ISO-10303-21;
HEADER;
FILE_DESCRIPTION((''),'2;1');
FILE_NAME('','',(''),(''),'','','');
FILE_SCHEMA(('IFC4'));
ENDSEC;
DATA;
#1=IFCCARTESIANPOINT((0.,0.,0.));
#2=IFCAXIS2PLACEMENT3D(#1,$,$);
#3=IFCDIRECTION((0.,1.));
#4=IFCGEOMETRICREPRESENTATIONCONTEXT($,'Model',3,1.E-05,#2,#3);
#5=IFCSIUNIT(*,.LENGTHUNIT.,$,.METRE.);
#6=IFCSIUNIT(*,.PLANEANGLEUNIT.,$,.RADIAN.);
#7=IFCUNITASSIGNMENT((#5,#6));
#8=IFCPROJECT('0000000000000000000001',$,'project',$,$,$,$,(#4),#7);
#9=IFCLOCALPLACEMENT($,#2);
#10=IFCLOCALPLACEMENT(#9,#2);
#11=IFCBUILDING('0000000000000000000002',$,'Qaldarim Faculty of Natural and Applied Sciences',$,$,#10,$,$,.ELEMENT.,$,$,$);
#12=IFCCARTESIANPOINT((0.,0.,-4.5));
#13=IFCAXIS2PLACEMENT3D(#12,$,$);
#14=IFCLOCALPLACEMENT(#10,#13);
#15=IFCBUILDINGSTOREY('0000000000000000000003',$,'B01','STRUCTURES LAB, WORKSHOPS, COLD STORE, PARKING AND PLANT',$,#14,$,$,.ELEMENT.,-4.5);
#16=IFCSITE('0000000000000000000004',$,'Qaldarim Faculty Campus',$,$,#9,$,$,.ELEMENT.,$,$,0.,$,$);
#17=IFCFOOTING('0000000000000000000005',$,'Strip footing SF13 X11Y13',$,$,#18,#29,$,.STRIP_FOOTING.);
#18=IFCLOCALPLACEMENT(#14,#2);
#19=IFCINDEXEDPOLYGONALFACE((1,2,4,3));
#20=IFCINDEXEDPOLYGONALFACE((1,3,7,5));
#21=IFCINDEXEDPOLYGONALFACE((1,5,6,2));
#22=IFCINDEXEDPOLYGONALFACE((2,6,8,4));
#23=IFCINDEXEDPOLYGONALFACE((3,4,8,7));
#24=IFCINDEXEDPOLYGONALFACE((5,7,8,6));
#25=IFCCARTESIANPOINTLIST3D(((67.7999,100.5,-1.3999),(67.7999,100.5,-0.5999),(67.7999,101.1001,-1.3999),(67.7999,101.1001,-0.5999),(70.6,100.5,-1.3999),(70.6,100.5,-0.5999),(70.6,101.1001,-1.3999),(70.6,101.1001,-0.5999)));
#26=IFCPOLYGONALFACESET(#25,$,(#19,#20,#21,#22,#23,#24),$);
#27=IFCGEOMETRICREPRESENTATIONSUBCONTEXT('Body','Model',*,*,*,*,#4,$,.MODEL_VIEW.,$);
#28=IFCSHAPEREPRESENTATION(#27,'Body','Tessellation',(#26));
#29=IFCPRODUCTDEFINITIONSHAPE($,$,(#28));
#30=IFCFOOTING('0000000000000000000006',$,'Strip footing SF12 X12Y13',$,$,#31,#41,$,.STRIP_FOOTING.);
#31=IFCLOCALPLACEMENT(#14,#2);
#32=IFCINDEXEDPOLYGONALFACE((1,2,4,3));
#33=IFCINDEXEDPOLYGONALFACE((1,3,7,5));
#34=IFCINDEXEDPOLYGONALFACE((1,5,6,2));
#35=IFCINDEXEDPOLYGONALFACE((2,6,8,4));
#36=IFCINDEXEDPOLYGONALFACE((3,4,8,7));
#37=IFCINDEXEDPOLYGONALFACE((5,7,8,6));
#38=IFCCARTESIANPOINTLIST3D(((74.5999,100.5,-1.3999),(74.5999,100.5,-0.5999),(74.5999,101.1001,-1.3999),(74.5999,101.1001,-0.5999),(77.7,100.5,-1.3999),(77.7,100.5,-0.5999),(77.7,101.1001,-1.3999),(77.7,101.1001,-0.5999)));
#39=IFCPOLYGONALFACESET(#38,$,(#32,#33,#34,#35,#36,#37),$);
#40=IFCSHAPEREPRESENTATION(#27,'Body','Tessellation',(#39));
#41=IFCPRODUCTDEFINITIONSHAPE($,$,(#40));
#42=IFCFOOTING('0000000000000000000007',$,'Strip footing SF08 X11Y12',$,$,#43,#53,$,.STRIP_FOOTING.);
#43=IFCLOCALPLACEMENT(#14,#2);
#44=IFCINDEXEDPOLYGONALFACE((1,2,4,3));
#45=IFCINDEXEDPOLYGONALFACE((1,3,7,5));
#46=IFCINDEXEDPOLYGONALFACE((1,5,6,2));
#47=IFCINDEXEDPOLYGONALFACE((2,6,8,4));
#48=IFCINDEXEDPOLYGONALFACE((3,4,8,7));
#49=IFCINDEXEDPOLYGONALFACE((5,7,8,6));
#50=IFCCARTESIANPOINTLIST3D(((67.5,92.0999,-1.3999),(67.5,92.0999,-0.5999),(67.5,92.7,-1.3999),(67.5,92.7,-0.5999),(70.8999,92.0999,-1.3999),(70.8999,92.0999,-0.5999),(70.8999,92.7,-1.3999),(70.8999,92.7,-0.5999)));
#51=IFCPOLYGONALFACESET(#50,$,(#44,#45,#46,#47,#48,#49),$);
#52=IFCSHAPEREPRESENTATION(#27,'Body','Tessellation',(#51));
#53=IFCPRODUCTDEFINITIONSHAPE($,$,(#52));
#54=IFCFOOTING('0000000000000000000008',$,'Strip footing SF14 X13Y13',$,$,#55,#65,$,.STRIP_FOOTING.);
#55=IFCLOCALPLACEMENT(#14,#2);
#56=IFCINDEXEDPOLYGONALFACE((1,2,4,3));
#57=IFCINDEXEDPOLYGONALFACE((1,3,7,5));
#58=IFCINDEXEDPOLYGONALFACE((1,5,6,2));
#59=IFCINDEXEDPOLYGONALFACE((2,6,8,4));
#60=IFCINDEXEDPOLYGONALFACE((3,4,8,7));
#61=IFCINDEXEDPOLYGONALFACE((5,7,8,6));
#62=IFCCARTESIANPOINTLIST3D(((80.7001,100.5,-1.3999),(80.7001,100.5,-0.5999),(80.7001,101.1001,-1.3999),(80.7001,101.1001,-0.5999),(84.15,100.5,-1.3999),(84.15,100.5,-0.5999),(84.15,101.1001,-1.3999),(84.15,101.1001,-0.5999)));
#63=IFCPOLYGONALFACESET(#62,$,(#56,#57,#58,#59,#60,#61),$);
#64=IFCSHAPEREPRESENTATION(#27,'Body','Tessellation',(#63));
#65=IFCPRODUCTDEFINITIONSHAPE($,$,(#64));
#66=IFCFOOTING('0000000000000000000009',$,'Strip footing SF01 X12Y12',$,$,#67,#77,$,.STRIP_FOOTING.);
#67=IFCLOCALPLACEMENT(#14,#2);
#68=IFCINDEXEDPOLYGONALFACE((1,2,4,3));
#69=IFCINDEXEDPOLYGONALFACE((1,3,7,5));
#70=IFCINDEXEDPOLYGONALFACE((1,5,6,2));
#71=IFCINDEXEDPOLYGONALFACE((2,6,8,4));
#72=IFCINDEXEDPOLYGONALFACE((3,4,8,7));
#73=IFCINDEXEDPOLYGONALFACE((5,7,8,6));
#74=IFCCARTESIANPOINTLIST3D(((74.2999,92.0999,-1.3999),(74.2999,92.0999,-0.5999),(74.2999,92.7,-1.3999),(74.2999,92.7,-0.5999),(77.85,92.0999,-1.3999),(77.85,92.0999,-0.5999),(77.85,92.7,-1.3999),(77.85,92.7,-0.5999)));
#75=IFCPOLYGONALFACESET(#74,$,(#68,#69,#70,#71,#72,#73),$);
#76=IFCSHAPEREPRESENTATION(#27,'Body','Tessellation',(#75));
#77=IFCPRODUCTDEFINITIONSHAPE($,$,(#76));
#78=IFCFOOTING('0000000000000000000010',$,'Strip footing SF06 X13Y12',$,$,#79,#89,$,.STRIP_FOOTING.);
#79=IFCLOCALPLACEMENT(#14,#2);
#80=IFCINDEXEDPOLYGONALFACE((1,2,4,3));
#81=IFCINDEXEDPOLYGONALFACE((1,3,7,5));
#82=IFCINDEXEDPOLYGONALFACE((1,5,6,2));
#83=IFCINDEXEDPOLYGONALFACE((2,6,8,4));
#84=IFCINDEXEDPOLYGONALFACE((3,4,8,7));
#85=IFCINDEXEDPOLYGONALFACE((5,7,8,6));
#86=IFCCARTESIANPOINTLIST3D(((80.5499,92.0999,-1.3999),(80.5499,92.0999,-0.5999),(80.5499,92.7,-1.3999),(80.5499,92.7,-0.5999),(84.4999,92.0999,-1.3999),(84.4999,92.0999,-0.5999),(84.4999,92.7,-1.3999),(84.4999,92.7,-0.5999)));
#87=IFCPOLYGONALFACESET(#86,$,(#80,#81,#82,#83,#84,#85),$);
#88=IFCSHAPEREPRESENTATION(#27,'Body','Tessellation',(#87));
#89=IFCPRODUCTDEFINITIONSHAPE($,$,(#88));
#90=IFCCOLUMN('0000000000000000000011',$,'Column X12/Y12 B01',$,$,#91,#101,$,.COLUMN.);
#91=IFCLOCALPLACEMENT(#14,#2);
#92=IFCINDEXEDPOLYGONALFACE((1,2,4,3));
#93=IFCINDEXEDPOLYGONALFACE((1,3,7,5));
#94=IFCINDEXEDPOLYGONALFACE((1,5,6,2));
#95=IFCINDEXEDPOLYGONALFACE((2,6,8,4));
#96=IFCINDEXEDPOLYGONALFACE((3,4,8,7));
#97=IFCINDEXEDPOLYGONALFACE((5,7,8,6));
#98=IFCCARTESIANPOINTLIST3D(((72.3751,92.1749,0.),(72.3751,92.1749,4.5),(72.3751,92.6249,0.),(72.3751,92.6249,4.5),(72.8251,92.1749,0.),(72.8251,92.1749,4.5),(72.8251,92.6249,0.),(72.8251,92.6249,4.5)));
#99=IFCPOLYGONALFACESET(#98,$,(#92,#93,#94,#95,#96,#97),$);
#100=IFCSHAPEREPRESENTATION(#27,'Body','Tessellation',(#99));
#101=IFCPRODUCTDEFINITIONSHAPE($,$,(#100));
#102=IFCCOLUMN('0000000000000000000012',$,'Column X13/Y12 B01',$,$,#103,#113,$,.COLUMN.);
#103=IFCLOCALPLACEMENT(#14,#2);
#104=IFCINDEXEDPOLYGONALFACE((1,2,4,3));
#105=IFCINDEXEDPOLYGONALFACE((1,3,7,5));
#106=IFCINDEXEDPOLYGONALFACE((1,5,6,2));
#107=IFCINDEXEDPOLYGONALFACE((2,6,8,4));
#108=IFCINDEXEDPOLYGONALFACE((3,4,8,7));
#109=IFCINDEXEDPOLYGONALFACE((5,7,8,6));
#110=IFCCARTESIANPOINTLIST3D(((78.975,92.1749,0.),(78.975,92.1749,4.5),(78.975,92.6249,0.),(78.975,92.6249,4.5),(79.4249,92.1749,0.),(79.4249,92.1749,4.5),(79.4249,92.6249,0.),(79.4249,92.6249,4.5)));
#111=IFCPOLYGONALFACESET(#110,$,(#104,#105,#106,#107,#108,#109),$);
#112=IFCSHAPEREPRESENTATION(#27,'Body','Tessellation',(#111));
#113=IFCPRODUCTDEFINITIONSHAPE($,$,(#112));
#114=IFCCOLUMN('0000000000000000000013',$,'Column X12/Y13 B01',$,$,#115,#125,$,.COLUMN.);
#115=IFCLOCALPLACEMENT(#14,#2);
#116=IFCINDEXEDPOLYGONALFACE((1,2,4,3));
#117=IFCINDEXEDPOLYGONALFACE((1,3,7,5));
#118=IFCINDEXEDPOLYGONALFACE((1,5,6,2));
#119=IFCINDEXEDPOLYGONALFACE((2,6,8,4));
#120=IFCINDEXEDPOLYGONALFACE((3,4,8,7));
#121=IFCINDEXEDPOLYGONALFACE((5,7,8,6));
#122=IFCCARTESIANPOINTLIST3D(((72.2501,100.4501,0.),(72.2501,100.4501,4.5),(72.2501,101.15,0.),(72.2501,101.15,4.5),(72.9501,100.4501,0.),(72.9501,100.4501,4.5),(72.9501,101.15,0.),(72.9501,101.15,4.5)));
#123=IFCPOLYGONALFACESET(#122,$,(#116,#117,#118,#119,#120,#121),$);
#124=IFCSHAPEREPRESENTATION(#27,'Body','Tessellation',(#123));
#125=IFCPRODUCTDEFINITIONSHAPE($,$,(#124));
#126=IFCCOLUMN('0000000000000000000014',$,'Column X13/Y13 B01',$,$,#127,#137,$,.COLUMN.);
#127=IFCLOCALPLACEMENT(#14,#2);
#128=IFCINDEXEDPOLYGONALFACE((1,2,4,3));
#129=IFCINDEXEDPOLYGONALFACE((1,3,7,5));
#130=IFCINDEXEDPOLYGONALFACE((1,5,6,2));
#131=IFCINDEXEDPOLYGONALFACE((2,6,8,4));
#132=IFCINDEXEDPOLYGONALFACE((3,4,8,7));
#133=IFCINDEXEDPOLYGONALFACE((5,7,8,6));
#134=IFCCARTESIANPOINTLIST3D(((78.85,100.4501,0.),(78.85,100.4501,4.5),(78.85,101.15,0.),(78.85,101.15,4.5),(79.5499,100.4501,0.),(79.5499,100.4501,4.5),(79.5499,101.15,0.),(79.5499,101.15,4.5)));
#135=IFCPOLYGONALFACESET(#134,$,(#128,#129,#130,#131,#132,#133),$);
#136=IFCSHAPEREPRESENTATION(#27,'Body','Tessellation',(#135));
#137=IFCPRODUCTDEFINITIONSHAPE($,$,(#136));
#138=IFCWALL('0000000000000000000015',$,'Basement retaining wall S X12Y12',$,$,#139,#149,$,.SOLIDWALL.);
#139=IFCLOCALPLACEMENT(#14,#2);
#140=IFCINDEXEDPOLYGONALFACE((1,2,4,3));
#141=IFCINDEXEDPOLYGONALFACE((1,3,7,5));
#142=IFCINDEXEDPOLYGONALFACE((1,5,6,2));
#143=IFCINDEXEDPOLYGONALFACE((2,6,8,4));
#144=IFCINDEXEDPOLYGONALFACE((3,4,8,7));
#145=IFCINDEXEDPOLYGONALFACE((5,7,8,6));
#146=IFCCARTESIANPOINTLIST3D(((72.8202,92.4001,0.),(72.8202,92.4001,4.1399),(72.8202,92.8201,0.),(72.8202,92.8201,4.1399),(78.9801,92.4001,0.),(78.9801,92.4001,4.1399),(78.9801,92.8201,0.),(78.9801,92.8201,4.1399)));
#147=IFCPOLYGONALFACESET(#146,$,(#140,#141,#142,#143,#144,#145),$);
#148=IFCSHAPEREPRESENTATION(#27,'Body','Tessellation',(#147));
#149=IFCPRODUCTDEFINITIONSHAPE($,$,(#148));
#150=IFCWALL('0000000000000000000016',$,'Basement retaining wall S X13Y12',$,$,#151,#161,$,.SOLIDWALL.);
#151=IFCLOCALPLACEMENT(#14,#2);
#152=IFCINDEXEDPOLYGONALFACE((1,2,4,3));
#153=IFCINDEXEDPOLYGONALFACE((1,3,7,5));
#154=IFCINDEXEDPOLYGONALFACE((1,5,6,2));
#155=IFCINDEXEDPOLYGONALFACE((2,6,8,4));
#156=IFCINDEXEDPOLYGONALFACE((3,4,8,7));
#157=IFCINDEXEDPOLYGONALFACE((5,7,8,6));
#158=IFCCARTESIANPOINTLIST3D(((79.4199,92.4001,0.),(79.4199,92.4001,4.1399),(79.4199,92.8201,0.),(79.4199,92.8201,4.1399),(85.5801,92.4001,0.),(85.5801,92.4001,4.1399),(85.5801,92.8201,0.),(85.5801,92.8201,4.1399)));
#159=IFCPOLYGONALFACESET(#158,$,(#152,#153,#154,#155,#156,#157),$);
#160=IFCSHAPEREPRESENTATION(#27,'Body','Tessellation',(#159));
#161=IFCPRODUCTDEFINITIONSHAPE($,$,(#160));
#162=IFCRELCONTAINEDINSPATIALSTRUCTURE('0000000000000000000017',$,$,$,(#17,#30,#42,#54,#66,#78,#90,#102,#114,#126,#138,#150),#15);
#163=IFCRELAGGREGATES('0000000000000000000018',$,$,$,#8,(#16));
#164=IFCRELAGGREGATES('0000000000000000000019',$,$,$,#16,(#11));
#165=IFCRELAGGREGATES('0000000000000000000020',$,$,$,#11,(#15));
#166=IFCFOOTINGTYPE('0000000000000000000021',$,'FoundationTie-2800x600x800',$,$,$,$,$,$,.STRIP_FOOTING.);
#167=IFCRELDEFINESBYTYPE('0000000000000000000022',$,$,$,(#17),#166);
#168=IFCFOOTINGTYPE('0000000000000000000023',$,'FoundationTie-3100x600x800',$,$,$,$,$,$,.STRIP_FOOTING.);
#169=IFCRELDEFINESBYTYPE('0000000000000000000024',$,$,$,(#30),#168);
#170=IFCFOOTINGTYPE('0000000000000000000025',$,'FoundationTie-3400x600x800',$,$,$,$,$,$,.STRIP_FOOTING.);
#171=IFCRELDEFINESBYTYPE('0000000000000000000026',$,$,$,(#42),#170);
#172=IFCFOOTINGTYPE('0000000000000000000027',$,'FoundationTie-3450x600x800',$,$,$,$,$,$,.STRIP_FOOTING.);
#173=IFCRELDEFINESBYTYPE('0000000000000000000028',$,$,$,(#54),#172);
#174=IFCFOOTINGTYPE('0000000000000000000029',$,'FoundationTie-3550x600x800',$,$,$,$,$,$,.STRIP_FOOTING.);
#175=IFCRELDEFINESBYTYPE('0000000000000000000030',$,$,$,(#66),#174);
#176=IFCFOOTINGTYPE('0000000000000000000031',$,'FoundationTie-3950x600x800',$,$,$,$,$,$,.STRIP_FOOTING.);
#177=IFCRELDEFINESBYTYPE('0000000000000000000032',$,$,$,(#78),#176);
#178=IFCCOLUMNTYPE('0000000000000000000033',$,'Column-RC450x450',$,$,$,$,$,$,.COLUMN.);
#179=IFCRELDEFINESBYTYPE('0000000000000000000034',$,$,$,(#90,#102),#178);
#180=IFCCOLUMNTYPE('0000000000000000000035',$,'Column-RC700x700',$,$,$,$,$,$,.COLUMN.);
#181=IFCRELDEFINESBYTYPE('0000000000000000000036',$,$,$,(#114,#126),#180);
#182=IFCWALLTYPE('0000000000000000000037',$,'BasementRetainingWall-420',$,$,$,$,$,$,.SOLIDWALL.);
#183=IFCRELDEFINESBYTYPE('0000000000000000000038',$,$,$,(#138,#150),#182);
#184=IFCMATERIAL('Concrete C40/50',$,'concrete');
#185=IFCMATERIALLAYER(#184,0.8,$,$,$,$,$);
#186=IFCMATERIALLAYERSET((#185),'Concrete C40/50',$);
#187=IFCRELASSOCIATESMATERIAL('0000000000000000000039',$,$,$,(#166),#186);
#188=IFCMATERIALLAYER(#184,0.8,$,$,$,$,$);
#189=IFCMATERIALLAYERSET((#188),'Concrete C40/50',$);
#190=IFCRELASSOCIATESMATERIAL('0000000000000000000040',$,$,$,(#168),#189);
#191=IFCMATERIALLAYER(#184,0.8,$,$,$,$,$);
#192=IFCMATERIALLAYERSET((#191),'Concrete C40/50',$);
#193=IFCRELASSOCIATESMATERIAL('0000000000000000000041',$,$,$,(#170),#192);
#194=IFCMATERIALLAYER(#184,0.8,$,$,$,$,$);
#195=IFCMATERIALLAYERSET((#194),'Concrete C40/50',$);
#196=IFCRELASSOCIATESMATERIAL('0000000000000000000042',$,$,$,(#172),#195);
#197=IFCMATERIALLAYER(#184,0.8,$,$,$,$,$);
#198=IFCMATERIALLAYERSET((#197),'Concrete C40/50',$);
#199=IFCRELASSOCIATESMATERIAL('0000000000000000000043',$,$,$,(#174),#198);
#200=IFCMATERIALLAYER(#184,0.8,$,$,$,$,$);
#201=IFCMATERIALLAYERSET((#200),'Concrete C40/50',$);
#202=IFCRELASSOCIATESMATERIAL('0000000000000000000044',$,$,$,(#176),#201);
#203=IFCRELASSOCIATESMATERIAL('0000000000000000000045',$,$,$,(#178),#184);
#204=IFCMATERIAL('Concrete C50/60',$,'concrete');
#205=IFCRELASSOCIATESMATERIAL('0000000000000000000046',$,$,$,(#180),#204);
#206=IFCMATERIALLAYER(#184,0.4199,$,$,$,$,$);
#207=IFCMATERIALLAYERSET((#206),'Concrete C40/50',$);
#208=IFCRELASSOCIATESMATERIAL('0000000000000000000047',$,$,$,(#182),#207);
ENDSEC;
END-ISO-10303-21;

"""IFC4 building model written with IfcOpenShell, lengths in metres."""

from ifc_helpers import new_model, si_unit, direction, frame, frame_2d, origin, origin_2d, place, context, subcontext, project, spatial, rectangle, extrude, material, layer, layer_set, material_profile, profile_set, type_object, element, save


model = new_model("IFC4")

# Units and contexts
model_context = context("Model", 3, precision=1e-05, world=origin(), true_north=direction((0.0, 1.0)))
body_context = subcontext(model_context, "Body", "Model", "MODEL_VIEW")
ifc_project = project(units=[si_unit("LENGTHUNIT", "METRE"), si_unit("PLANEANGLEUNIT", "RADIAN")], contexts=[model_context])

# Site, building, storey
site_placement = place(None, origin())
site = spatial("IfcSite", under=ifc_project, at=site_placement, Name="Qaldarim Faculty Campus", CompositionType="ELEMENT", RefElevation=0.0)
building_placement = place(site_placement, origin())
building = spatial("IfcBuilding", under=site, at=building_placement, Name="Qaldarim Faculty of Natural and Applied Sciences", CompositionType="ELEMENT")
storey_placement = place(building_placement, frame((0.0, 0.0, -4.5)))
storey = spatial("IfcBuildingStorey", under=building, at=storey_placement, Name="B01", Description="STRUCTURES LAB, WORKSHOPS, COLD STORE, PARKING AND PLANT", CompositionType="ELEMENT", Elevation=-4.5)

# Shared definitions
ifc_material_1 = material(Name="Concrete C40/50", Category="concrete")

# Footings
ifc_layer_1 = layer(ifc_material_1, 0.8)
ifc_layer_set_1 = layer_set([ifc_layer_1], Name="Concrete C40/50")
footing_type_1 = type_object("IfcFootingType", Name="FoundationTie-2800x600x800", PredefinedType="STRIP_FOOTING", material=ifc_layer_set_1)
footing_1_placement = place(storey_placement, frame((69.2, 100.8, -1.3999), z_axis=(0.0, 0.0, 1.0), x_axis=(1.0, 0.0, 0.0)))
element("IfcFooting", 1, at=footing_1_placement, inside=storey, type_object=footing_type_1, Name="Strip footing SF13 X11Y13", PredefinedType="STRIP_FOOTING", context=body_context, shape_type="SweptSolid", body=[
    extrude(rectangle(XDim=2.8, YDim=0.6001, at=origin_2d()), origin(), (0.0, 0.0, 1.0), 0.8),
])
ifc_layer_2 = layer(ifc_material_1, 0.8)
ifc_layer_set_2 = layer_set([ifc_layer_2], Name="Concrete C40/50")
footing_type_2 = type_object("IfcFootingType", Name="FoundationTie-3100x600x800", PredefinedType="STRIP_FOOTING", material=ifc_layer_set_2)
footing_2_placement = place(storey_placement, frame((76.1499, 100.8, -1.3999), z_axis=(0.0, 0.0, 1.0), x_axis=(1.0, 0.0, 0.0)))
element("IfcFooting", 2, at=footing_2_placement, inside=storey, type_object=footing_type_2, Name="Strip footing SF12 X12Y13", PredefinedType="STRIP_FOOTING", context=body_context, shape_type="SweptSolid", body=[
    extrude(rectangle(XDim=3.1001, YDim=0.6001, at=origin_2d()), origin(), (0.0, 0.0, 1.0), 0.8),
])
ifc_layer_3 = layer(ifc_material_1, 0.8)
ifc_layer_set_3 = layer_set([ifc_layer_3], Name="Concrete C40/50")
footing_type_3 = type_object("IfcFootingType", Name="FoundationTie-3400x600x800", PredefinedType="STRIP_FOOTING", material=ifc_layer_set_3)
footing_3_placement = place(storey_placement, frame((69.2, 92.3999, -1.3999), z_axis=(0.0, 0.0, 1.0), x_axis=(1.0, 0.0, 0.0)))
element("IfcFooting", 3, at=footing_3_placement, inside=storey, type_object=footing_type_3, Name="Strip footing SF08 X11Y12", PredefinedType="STRIP_FOOTING", context=body_context, shape_type="SweptSolid", body=[
    extrude(rectangle(XDim=3.3999, YDim=0.6001, at=origin_2d()), origin(), (0.0, 0.0, 1.0), 0.8),
])
ifc_layer_4 = layer(ifc_material_1, 0.8)
ifc_layer_set_4 = layer_set([ifc_layer_4], Name="Concrete C40/50")
footing_type_4 = type_object("IfcFootingType", Name="FoundationTie-3450x600x800", PredefinedType="STRIP_FOOTING", material=ifc_layer_set_4)
footing_4_placement = place(storey_placement, frame((82.425, 100.8, -1.3999), z_axis=(0.0, 0.0, 1.0), x_axis=(1.0, 0.0, 0.0)))
element("IfcFooting", 4, at=footing_4_placement, inside=storey, type_object=footing_type_4, Name="Strip footing SF14 X13Y13", PredefinedType="STRIP_FOOTING", context=body_context, shape_type="SweptSolid", body=[
    extrude(rectangle(XDim=3.45, YDim=0.6001, at=origin_2d()), origin(), (0.0, 0.0, 1.0), 0.8),
])
ifc_layer_5 = layer(ifc_material_1, 0.8)
ifc_layer_set_5 = layer_set([ifc_layer_5], Name="Concrete C40/50")
footing_type_5 = type_object("IfcFootingType", Name="FoundationTie-3550x600x800", PredefinedType="STRIP_FOOTING", material=ifc_layer_set_5)
footing_5_placement = place(storey_placement, frame((76.075, 92.3999, -1.3999), z_axis=(0.0, 0.0, 1.0), x_axis=(1.0, 0.0, 0.0)))
element("IfcFooting", 5, at=footing_5_placement, inside=storey, type_object=footing_type_5, Name="Strip footing SF01 X12Y12", PredefinedType="STRIP_FOOTING", context=body_context, shape_type="SweptSolid", body=[
    extrude(rectangle(XDim=3.55, YDim=0.6001, at=origin_2d()), origin(), (0.0, 0.0, 1.0), 0.8),
])
ifc_layer_6 = layer(ifc_material_1, 0.8)
ifc_layer_set_6 = layer_set([ifc_layer_6], Name="Concrete C40/50")
footing_type_6 = type_object("IfcFootingType", Name="FoundationTie-3950x600x800", PredefinedType="STRIP_FOOTING", material=ifc_layer_set_6)
footing_6_placement = place(storey_placement, frame((82.5249, 92.3999, -1.3999), z_axis=(0.0, 0.0, 1.0), x_axis=(1.0, 0.0, 0.0)))
element("IfcFooting", 6, at=footing_6_placement, inside=storey, type_object=footing_type_6, Name="Strip footing SF06 X13Y12", PredefinedType="STRIP_FOOTING", context=body_context, shape_type="SweptSolid", body=[
    extrude(rectangle(XDim=3.95, YDim=0.6001, at=origin_2d()), origin(), (0.0, 0.0, 1.0), 0.8),
])

# Columns
ifc_material_profile_1 = material_profile(ifc_material_1, rectangle(XDim=0.45, YDim=0.45, at=origin_2d()), Name="RC-C450x450")
ifc_profile_set_1 = profile_set([ifc_material_profile_1], Name="Concrete C40/50")
column_type_1 = type_object("IfcColumnType", Name="Column-RC450x450", PredefinedType="COLUMN", material=ifc_profile_set_1)
for number, where, z_axis, x_axis, name in (
    (7, (72.6001, 92.3999, 0.0), (0.0, 0.0, 1.0), (1.0, 0.0, 0.0), "Column X12/Y12 B01"),
    (8, (79.2, 92.3999, 0.0), (0.0, 0.0, 1.0), (1.0, 0.0, 0.0), "Column X13/Y12 B01"),
):
    element("IfcColumn", number, at=place(storey_placement, frame(where, z_axis=z_axis, x_axis=x_axis)), inside=storey, type_object=column_type_1, Name=name, PredefinedType="COLUMN", context=body_context, shape_type="SweptSolid", body=[
        extrude(rectangle(XDim=0.45, YDim=0.45, at=origin_2d()), origin(), (0.0, 0.0, 1.0), 4.5),
    ])
ifc_material_2 = material(Name="Concrete C50/60", Category="concrete")
ifc_material_profile_2 = material_profile(ifc_material_2, rectangle(XDim=0.7, YDim=0.7, at=origin_2d()), Name="RC-C700x700")
ifc_profile_set_2 = profile_set([ifc_material_profile_2], Name="Concrete C50/60")
column_type_2 = type_object("IfcColumnType", Name="Column-RC700x700", PredefinedType="COLUMN", material=ifc_profile_set_2)
for number, where, z_axis, x_axis, name in (
    (9, (72.6001, 100.8, 0.0), (0.0, 0.0, 1.0), (1.0, 0.0, 0.0), "Column X12/Y13 B01"),
    (10, (79.2, 100.8, 0.0), (0.0, 0.0, 1.0), (1.0, 0.0, 0.0), "Column X13/Y13 B01"),
):
    element("IfcColumn", number, at=place(storey_placement, frame(where, z_axis=z_axis, x_axis=x_axis)), inside=storey, type_object=column_type_2, Name=name, PredefinedType="COLUMN", context=body_context, shape_type="SweptSolid", body=[
        extrude(rectangle(XDim=0.7, YDim=0.7, at=origin_2d()), origin(), (0.0, 0.0, 1.0), 4.5),
    ])

# Walls
ifc_layer_7 = layer(ifc_material_1, 0.4199)
ifc_layer_set_7 = layer_set([ifc_layer_7], Name="Concrete C40/50")
wall_type = type_object("IfcWallType", Name="BasementRetainingWall-420", PredefinedType="SOLIDWALL", material=ifc_layer_set_7)
wall_1_placement = place(storey_placement, frame((72.8201, 92.6101, 0.0), z_axis=(0.0, 0.0, 1.0), x_axis=(1.0, 0.0, 0.0)))
element("IfcWall", 11, at=wall_1_placement, inside=storey, type_object=wall_type, Name="Basement retaining wall S X12Y12", PredefinedType="SOLIDWALL", context=body_context, shape_type="SweptSolid", body=[
    extrude(rectangle(XDim=6.1599, YDim=0.4199, at=frame_2d((3.0801, 0.0))), origin(), (0.0, 0.0, 1.0), 4.1399),
])
wall_2_placement = place(storey_placement, frame((79.4199, 92.6101, 0.0), z_axis=(0.0, 0.0, 1.0), x_axis=(1.0, 0.0, 0.0)))
element("IfcWall", 12, at=wall_2_placement, inside=storey, type_object=wall_type, Name="Basement retaining wall S X13Y12", PredefinedType="SOLIDWALL", context=body_context, shape_type="SweptSolid", body=[
    extrude(rectangle(XDim=6.1602, YDim=0.4199, at=frame_2d((3.0801, 0.0))), origin(), (0.0, 0.0, 1.0), 4.1399),
])

save(model, "model.ifc")
